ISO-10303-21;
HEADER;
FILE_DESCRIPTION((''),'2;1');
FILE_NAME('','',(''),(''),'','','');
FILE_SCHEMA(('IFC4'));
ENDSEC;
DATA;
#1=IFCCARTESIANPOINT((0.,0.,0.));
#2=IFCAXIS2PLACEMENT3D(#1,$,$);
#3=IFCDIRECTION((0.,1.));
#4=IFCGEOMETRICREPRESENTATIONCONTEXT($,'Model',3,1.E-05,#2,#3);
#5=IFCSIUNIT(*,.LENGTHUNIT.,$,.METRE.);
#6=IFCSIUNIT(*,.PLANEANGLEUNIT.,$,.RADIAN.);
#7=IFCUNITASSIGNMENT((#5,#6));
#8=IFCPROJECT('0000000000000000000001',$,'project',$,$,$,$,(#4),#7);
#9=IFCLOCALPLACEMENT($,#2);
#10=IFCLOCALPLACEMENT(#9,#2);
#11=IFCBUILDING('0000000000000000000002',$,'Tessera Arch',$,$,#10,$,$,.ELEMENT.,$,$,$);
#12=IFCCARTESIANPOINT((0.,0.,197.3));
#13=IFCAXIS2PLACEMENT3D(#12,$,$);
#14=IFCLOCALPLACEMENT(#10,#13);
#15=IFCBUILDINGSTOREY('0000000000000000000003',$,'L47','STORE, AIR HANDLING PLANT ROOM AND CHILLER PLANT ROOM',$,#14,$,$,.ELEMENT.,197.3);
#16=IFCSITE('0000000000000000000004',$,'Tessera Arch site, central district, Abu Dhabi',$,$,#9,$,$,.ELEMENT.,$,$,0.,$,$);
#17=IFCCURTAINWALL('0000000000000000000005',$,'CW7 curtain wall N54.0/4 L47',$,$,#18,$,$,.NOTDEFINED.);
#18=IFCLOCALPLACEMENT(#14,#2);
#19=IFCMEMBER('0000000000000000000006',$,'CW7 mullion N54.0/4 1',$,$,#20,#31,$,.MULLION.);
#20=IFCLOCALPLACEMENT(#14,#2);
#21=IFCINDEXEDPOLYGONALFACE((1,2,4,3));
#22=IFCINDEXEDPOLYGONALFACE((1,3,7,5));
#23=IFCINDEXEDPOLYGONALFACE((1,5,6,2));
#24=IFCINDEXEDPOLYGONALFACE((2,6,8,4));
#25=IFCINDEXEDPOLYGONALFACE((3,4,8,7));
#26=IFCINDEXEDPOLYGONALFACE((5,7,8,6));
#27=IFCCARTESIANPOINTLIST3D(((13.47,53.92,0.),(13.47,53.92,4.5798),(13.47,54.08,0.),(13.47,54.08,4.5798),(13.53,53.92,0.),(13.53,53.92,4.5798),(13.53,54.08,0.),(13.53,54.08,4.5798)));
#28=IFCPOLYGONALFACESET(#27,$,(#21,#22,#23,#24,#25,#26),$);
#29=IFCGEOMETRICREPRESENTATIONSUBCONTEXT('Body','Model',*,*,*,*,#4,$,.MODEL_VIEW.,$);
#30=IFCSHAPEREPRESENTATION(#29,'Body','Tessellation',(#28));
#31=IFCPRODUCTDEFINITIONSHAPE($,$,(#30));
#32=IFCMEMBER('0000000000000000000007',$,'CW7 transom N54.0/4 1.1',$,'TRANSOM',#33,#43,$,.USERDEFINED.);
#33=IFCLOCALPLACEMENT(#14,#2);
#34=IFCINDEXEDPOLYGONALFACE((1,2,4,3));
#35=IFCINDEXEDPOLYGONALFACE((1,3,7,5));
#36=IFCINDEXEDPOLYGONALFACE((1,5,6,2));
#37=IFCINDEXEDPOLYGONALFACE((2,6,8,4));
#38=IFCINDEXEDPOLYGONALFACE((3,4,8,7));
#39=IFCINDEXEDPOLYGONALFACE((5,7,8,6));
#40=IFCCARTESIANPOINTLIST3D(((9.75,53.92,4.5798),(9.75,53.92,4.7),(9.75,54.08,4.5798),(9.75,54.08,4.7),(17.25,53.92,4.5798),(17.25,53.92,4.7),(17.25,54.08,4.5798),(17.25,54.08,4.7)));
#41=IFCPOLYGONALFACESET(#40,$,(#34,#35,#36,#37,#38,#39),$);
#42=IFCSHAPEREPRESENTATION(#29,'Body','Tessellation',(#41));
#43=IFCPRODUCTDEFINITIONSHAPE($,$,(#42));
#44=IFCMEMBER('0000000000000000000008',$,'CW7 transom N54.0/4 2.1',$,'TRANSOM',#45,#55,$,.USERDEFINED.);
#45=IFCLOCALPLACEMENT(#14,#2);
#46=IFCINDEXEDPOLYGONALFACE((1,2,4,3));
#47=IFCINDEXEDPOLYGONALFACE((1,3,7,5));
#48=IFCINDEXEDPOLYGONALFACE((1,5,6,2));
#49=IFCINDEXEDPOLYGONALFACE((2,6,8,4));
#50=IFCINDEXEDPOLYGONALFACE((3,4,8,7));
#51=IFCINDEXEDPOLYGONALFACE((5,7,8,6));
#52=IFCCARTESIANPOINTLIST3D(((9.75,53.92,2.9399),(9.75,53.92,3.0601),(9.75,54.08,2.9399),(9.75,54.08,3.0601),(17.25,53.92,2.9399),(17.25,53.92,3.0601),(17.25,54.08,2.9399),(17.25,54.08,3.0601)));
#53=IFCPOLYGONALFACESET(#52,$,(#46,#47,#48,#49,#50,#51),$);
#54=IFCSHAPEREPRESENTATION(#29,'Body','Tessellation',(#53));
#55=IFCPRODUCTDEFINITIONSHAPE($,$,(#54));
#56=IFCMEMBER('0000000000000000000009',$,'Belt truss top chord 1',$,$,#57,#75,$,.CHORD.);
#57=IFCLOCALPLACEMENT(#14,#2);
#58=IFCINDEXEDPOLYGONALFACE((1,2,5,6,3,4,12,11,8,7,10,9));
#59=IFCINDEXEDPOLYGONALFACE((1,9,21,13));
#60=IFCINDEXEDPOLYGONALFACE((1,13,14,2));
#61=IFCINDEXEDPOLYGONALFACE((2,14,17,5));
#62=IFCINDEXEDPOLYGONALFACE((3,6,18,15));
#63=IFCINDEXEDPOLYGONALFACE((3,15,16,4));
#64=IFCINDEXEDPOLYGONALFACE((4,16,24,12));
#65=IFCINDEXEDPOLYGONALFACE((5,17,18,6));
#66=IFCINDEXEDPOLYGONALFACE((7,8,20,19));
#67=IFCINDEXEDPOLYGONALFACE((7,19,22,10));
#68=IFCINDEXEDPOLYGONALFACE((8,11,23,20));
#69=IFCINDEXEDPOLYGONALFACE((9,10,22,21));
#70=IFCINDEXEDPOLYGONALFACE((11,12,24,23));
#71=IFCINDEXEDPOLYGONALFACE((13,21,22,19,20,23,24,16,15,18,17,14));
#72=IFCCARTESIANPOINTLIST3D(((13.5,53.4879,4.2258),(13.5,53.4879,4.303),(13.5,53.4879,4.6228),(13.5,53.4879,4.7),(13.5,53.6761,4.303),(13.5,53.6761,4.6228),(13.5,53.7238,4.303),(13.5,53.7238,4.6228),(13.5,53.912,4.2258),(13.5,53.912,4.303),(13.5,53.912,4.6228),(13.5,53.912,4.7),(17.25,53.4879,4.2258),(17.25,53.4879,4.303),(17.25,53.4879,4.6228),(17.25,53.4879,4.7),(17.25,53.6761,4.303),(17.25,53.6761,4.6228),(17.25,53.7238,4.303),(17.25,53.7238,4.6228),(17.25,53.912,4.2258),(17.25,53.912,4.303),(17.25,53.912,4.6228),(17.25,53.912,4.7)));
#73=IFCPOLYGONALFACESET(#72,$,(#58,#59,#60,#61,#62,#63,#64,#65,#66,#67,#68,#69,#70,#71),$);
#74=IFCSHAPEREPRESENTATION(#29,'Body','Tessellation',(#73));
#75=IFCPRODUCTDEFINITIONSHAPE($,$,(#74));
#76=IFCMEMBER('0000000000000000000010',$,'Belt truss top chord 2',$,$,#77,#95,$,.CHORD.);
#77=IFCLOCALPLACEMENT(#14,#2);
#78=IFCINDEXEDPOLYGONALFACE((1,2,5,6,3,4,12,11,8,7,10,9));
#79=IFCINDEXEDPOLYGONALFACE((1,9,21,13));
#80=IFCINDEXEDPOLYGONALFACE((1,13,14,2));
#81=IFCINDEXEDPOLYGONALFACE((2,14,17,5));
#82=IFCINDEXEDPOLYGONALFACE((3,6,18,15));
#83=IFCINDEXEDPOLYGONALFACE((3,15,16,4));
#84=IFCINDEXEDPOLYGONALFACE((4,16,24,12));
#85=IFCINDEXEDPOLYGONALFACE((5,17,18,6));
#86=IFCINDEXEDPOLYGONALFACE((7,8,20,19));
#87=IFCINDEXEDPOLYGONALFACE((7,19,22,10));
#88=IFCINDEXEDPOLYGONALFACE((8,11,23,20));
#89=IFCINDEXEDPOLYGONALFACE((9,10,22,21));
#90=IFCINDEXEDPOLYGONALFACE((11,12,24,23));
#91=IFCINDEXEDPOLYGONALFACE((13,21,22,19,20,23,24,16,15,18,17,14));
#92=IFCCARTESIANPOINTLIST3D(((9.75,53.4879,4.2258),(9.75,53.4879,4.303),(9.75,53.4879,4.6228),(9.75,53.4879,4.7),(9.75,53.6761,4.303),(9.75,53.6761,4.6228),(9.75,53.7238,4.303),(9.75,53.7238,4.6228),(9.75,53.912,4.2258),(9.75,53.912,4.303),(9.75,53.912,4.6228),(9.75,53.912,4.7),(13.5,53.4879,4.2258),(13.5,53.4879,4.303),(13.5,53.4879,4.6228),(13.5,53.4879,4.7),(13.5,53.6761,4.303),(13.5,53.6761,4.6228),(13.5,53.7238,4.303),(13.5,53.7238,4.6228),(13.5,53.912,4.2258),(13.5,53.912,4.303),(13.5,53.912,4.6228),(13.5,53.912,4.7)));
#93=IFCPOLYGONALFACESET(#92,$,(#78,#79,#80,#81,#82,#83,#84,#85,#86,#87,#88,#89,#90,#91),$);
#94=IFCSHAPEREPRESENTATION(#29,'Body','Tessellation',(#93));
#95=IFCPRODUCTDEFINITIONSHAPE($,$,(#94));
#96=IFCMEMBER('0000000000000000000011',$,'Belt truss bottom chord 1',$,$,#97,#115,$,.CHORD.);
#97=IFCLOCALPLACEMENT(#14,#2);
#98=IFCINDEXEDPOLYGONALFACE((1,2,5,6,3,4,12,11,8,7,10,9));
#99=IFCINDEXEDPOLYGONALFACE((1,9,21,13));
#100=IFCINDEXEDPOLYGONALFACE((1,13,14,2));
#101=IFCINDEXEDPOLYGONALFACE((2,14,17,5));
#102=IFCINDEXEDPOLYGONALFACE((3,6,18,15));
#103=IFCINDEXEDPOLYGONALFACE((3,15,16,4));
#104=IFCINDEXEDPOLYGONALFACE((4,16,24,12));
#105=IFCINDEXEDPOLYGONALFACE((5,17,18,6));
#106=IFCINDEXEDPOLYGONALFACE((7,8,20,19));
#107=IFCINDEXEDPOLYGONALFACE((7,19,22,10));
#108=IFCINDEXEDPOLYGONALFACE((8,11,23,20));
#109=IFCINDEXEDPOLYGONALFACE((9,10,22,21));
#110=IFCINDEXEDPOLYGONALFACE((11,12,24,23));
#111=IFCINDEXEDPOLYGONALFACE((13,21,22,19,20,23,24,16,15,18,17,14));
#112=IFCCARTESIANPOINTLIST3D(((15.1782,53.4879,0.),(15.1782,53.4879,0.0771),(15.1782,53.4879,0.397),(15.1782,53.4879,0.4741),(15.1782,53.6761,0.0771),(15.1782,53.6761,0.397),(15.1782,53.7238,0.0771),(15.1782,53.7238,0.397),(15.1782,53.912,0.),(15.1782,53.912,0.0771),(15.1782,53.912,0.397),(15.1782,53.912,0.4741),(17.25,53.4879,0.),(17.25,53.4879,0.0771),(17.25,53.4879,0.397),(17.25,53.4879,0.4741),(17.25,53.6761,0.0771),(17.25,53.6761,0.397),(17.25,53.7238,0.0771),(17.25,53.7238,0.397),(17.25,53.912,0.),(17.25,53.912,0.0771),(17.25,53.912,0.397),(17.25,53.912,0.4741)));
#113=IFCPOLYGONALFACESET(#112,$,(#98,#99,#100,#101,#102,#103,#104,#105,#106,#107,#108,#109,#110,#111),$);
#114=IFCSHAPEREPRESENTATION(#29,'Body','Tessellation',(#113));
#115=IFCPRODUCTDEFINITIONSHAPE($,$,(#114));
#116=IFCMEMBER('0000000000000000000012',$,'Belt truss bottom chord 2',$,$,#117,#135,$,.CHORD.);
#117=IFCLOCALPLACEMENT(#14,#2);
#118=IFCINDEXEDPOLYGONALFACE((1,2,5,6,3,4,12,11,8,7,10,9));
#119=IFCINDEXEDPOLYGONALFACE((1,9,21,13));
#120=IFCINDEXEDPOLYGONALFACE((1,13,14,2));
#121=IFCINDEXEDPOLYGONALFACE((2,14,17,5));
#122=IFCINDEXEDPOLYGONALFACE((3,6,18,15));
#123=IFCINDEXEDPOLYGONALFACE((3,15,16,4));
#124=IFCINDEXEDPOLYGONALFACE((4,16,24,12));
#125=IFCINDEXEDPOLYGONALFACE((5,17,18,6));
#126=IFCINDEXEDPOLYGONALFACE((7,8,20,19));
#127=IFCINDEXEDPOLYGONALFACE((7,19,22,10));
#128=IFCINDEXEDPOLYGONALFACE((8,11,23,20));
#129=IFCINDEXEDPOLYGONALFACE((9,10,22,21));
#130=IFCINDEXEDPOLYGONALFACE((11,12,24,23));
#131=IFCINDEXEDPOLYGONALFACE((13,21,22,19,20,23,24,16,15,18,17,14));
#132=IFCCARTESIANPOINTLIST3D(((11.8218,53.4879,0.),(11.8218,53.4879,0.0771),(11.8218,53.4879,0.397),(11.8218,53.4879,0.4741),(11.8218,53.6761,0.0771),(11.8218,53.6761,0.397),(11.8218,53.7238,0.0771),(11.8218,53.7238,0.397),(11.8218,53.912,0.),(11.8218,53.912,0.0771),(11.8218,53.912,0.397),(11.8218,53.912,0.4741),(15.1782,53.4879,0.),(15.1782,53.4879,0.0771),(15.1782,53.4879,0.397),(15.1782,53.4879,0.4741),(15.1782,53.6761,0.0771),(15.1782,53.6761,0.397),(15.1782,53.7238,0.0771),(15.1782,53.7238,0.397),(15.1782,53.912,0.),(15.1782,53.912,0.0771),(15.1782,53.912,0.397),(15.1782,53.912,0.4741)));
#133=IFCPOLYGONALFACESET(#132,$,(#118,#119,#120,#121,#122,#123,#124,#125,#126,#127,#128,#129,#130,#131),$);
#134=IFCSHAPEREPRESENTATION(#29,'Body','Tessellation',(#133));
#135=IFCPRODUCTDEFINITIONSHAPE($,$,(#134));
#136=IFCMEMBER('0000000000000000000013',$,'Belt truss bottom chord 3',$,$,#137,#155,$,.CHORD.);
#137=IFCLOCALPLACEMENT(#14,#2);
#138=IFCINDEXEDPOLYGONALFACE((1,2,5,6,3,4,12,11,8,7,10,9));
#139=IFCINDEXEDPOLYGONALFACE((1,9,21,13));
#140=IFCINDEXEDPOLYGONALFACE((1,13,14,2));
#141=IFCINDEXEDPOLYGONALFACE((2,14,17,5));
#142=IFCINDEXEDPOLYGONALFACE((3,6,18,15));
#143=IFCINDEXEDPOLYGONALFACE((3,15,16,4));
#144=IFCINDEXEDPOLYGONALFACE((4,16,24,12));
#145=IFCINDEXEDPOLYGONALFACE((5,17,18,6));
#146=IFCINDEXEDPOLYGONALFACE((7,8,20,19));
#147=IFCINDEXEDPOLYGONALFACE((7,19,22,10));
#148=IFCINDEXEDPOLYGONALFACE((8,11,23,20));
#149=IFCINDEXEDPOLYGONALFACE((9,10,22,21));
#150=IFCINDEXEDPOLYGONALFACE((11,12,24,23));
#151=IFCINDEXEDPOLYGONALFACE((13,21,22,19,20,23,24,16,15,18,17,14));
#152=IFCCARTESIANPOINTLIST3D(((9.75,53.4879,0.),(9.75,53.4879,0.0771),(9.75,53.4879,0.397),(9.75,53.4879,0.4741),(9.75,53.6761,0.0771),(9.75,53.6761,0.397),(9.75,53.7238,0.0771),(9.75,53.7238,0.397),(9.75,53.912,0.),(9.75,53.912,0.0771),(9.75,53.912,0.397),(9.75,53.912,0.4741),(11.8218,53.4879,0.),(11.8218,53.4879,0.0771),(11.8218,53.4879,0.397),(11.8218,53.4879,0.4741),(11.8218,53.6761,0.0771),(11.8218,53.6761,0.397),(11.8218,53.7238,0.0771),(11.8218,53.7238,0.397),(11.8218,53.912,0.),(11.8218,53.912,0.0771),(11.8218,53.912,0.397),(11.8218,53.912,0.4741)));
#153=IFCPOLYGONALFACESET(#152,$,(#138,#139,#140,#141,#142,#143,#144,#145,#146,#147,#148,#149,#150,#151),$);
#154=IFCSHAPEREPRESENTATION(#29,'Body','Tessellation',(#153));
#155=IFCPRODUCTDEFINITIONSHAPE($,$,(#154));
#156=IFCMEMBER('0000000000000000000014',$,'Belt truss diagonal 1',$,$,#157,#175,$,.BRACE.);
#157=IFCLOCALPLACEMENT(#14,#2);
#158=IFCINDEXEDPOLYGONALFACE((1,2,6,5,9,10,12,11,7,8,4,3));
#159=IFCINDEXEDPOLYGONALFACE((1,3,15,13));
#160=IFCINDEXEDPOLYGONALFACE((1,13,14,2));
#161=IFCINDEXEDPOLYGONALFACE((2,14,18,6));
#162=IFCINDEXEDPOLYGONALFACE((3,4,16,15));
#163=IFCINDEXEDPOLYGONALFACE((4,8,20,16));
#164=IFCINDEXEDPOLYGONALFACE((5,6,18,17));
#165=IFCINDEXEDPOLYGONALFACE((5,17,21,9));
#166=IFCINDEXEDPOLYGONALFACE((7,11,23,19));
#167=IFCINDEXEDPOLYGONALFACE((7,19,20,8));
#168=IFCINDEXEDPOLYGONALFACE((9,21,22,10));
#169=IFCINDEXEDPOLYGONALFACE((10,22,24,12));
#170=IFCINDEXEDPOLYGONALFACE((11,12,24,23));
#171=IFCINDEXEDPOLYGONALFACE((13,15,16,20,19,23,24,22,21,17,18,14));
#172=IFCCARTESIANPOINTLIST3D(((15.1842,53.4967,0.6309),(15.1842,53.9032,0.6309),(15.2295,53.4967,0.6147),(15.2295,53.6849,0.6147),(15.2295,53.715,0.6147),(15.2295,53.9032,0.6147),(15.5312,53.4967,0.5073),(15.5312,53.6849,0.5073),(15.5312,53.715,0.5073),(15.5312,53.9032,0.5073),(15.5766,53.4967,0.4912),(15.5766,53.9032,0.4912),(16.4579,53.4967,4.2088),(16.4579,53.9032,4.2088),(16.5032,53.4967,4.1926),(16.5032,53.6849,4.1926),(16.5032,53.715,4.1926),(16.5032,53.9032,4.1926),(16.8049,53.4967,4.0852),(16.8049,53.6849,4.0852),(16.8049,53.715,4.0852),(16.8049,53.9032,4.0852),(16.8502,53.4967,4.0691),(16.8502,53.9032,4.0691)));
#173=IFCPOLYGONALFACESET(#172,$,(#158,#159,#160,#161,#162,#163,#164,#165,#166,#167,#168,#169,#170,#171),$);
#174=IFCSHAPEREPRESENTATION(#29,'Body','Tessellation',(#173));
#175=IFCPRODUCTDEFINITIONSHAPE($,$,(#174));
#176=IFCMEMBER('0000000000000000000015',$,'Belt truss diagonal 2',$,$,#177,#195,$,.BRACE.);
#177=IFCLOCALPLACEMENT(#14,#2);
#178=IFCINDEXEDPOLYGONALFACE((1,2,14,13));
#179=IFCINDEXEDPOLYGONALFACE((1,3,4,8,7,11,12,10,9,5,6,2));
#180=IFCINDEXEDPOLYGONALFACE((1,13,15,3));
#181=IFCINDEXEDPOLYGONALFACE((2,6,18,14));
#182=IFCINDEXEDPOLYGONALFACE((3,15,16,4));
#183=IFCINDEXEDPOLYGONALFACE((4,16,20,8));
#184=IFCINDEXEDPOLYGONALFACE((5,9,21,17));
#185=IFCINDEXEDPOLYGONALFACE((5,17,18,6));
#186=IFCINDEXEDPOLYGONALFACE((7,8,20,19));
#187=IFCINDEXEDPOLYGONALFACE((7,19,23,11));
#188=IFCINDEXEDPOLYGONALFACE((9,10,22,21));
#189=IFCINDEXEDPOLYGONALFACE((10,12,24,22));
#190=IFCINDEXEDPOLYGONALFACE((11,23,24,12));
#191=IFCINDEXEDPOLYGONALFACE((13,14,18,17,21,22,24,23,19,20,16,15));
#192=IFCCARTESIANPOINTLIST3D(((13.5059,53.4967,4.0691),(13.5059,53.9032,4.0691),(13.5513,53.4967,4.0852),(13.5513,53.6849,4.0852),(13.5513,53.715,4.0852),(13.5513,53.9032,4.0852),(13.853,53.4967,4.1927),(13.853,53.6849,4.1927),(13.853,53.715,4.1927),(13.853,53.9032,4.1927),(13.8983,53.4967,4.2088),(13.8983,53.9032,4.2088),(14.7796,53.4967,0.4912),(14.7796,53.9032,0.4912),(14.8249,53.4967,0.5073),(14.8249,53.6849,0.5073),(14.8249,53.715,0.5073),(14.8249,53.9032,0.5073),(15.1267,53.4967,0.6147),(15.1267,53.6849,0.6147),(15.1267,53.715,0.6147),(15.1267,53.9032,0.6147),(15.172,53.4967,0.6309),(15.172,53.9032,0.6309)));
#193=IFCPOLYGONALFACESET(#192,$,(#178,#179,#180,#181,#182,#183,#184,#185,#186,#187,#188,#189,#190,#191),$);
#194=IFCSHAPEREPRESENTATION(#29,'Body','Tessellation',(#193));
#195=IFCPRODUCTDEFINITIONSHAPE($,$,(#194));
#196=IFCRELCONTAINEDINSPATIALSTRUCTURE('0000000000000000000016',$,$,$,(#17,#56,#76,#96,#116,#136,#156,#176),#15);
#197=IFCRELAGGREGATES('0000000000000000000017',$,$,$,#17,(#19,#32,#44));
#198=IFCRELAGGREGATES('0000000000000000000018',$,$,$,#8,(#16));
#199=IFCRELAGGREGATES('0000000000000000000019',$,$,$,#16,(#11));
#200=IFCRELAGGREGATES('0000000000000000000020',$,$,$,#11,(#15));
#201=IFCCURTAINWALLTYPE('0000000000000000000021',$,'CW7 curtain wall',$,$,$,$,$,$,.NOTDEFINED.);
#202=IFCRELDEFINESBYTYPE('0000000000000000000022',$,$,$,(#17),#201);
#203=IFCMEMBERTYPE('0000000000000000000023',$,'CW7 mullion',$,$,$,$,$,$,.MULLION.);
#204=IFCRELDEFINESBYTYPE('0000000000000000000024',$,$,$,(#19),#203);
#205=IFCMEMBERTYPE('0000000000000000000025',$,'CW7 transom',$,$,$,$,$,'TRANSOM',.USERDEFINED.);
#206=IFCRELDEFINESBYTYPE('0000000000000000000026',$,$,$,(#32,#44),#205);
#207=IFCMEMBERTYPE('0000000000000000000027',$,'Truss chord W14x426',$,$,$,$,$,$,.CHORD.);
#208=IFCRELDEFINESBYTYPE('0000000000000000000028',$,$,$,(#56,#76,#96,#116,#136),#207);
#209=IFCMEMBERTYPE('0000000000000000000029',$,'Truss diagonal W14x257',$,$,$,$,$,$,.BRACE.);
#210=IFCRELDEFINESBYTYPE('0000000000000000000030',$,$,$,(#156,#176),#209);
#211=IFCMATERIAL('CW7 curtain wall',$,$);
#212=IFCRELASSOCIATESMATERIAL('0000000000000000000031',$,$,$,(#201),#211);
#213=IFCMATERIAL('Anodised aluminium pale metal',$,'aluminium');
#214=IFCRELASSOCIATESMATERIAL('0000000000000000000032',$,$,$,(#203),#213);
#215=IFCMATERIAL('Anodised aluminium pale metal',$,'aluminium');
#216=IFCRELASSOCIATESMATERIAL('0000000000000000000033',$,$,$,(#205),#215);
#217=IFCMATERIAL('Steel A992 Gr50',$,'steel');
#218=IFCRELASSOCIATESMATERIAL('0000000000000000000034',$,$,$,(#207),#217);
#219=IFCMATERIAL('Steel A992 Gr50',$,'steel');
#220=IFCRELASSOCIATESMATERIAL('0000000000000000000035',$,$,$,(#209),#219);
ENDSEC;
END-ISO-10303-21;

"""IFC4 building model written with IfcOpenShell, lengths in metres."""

from ifc_helpers import new_model, si_unit, direction, frame, origin, origin_2d, place, context, subcontext, project, spatial, rectangle, i_section, extrude, material, material_profile, profile_set, type_object, element, aggregate, save


model = new_model("IFC4")

# Units and contexts
model_context = context("Model", 3, precision=1e-05, world=origin(), true_north=direction((0.0, 1.0)))
body_context = subcontext(model_context, "Body", "Model", "MODEL_VIEW")
ifc_project = project(units=[si_unit("LENGTHUNIT", "METRE"), si_unit("PLANEANGLEUNIT", "RADIAN")], contexts=[model_context])

# Site, building, storey
site_placement = place(None, origin())
site = spatial("IfcSite", under=ifc_project, at=site_placement, Name="Tessera Arch site, central district, Abu Dhabi", CompositionType="ELEMENT", RefElevation=0.0)
building_placement = place(site_placement, origin())
building = spatial("IfcBuilding", under=site, at=building_placement, Name="Tessera Arch", CompositionType="ELEMENT")
storey_placement = place(building_placement, frame((0.0, 0.0, 197.3)))
storey = spatial("IfcBuildingStorey", under=building, at=storey_placement, Name="L47", Description="STORE, AIR HANDLING PLANT ROOM AND CHILLER PLANT ROOM", CompositionType="ELEMENT", Elevation=197.3)

# Curtain wall, members
ifc_material_1 = material(Name="CW7 curtain wall")
curtain_wall_type = type_object("IfcCurtainWallType", Name="CW7 curtain wall", PredefinedType="NOTDEFINED", material=ifc_material_1)
curtain_wall_placement = place(storey_placement, origin())
curtain_wall = element("IfcCurtainWall", 1, at=curtain_wall_placement, inside=storey, type_object=curtain_wall_type, Name="CW7 curtain wall N54.0/4 L47", PredefinedType="NOTDEFINED")
ifc_material_2 = material(Name="Anodised aluminium pale metal", Category="aluminium")
ifc_material_profile_1 = material_profile(ifc_material_2, rectangle(XDim=0.1599, YDim=0.0601, at=origin_2d()), Name="AL 60x160")
ifc_profile_set_1 = profile_set([ifc_material_profile_1], Name="Anodised aluminium pale metal")
member_type_1 = type_object("IfcMemberType", Name="CW7 mullion", PredefinedType="MULLION", material=ifc_profile_set_1)
member_1_placement = place(storey_placement, frame((13.5, 54.0, 0.0), z_axis=(0.0, 0.0, 1.0), x_axis=(0.0, -1.0, 0.0)))
member_1 = element("IfcMember", 2, at=member_1_placement, type_object=member_type_1, Name="CW7 mullion N54.0/4 1", PredefinedType="MULLION", context=body_context, shape_type="SweptSolid", body=[
    extrude(rectangle(XDim=0.1599, YDim=0.0601, at=origin_2d()), origin(), (0.0, 0.0, 1.0), 4.5798),
])
ifc_material_3 = material(Name="Anodised aluminium pale metal", Category="aluminium")
ifc_material_profile_2 = material_profile(ifc_material_3, rectangle(XDim=0.1599, YDim=0.1201, at=origin_2d()), Name="AL 160x120")
ifc_profile_set_2 = profile_set([ifc_material_profile_2], Name="Anodised aluminium pale metal")
member_type_2 = type_object("IfcMemberType", Name="CW7 transom", ElementType="TRANSOM", PredefinedType="USERDEFINED", material=ifc_profile_set_2)
member_2_placement = place(storey_placement, frame((17.25, 54.0, 4.6399), z_axis=(-1.0, 0.0, 0.0), x_axis=(0.0, -1.0, 0.0)))
member_2 = element("IfcMember", 3, at=member_2_placement, type_object=member_type_2, Name="CW7 transom N54.0/4 1.1", ObjectType="TRANSOM", PredefinedType="USERDEFINED", context=body_context, shape_type="SweptSolid", body=[
    extrude(rectangle(XDim=0.1599, YDim=0.1201, at=origin_2d()), origin(), (0.0, 0.0, 1.0), 7.5),
])
member_3_placement = place(storey_placement, frame((17.25, 54.0, 3.0), z_axis=(-1.0, 0.0, 0.0), x_axis=(0.0, -1.0, 0.0)))
member_3 = element("IfcMember", 4, at=member_3_placement, type_object=member_type_2, Name="CW7 transom N54.0/4 2.1", ObjectType="TRANSOM", PredefinedType="USERDEFINED", context=body_context, shape_type="SweptSolid", body=[
    extrude(rectangle(XDim=0.1599, YDim=0.1201, at=origin_2d()), origin(), (0.0, 0.0, 1.0), 7.5),
])

# Members
ifc_material_4 = material(Name="Steel A992 Gr50", Category="steel")
ifc_material_profile_3 = material_profile(ifc_material_4, i_section(OverallWidth=0.4241, OverallDepth=0.4741, WebThickness=0.0476, FlangeThickness=0.0771, at=origin_2d()), Name="W14x426")
ifc_profile_set_3 = profile_set([ifc_material_profile_3], Name="Steel A992 Gr50")
member_type_3 = type_object("IfcMemberType", Name="Truss chord W14x426", PredefinedType="CHORD", material=ifc_profile_set_3)
for number, where, z_axis, x_axis, name in (
    (5, (17.25, 53.7, 4.4629), (-1.0, 0.0, 0.0), (0.0, -1.0, 0.0), "Belt truss top chord 1"),
    (6, (13.5, 53.7, 4.4629), (-1.0, 0.0, 0.0), (0.0, -1.0, 0.0), "Belt truss top chord 2"),
):
    element("IfcMember", number, at=place(storey_placement, frame(where, z_axis=z_axis, x_axis=x_axis)), inside=storey, type_object=member_type_3, Name=name, PredefinedType="CHORD", context=body_context, shape_type="SweptSolid", body=[
        extrude(i_section(OverallWidth=0.4241, OverallDepth=0.4741, WebThickness=0.0476, FlangeThickness=0.0771, at=origin_2d()), origin(), (0.0, 0.0, 1.0), 3.75),
    ])
member_4_placement = place(storey_placement, frame((17.25, 53.7, 0.2371), z_axis=(-1.0, 0.0, 0.0), x_axis=(0.0, -1.0, 0.0)))
element("IfcMember", 7, at=member_4_placement, inside=storey, type_object=member_type_3, Name="Belt truss bottom chord 1", PredefinedType="CHORD", context=body_context, shape_type="SweptSolid", body=[
    extrude(i_section(OverallWidth=0.4241, OverallDepth=0.4741, WebThickness=0.0476, FlangeThickness=0.0771, at=origin_2d()), origin(), (0.0, 0.0, 1.0), 2.0718),
])
member_5_placement = place(storey_placement, frame((15.1782, 53.7, 0.2371), z_axis=(-1.0, 0.0, 0.0), x_axis=(0.0, -1.0, 0.0)))
element("IfcMember", 8, at=member_5_placement, inside=storey, type_object=member_type_3, Name="Belt truss bottom chord 2", PredefinedType="CHORD", context=body_context, shape_type="SweptSolid", body=[
    extrude(i_section(OverallWidth=0.4241, OverallDepth=0.4741, WebThickness=0.0476, FlangeThickness=0.0771, at=origin_2d()), origin(), (0.0, 0.0, 1.0), 3.3564),
])
member_6_placement = place(storey_placement, frame((11.8218, 53.7, 0.2371), z_axis=(-1.0, 0.0, 0.0), x_axis=(0.0, -1.0, 0.0)))
element("IfcMember", 9, at=member_6_placement, inside=storey, type_object=member_type_3, Name="Belt truss bottom chord 3", PredefinedType="CHORD", context=body_context, shape_type="SweptSolid", body=[
    extrude(i_section(OverallWidth=0.4241, OverallDepth=0.4741, WebThickness=0.0476, FlangeThickness=0.0771, at=origin_2d()), origin(), (0.0, 0.0, 1.0), 2.0718),
])
ifc_material_5 = material(Name="Steel A992 Gr50", Category="steel")
ifc_material_profile_4 = material_profile(ifc_material_5, i_section(OverallWidth=0.4065, OverallDepth=0.4165, WebThickness=0.03, FlangeThickness=0.0481, at=origin_2d()), Name="W14x257")
ifc_profile_set_4 = profile_set([ifc_material_profile_4], Name="Steel A992 Gr50")
member_type_4 = type_object("IfcMemberType", Name="Truss diagonal W14x257", PredefinedType="BRACE", material=ifc_profile_set_4)
for number, where, z_axis, x_axis, name in (
    (10, (16.6541, 53.7, 4.1389), (-0.335371, 0.0, -0.942086), (0.0, -1.0, 0.0), "Belt truss diagonal 1"),
    (11, (14.9758, 53.7, 0.561), (-0.335371, 0.0, 0.942086), (0.0, -1.0, 0.0), "Belt truss diagonal 2"),
):
    element("IfcMember", number, at=place(storey_placement, frame(where, z_axis=z_axis, x_axis=x_axis)), inside=storey, type_object=member_type_4, Name=name, PredefinedType="BRACE", context=body_context, shape_type="SweptSolid", body=[
        extrude(i_section(OverallWidth=0.4065, OverallDepth=0.4165, WebThickness=0.03, FlangeThickness=0.0481, at=origin_2d()), origin(), (0.0, 0.0, 1.0), 3.7979),
    ])

aggregate(curtain_wall, [member_1, member_2, member_3])

save(model, "model.ifc")
